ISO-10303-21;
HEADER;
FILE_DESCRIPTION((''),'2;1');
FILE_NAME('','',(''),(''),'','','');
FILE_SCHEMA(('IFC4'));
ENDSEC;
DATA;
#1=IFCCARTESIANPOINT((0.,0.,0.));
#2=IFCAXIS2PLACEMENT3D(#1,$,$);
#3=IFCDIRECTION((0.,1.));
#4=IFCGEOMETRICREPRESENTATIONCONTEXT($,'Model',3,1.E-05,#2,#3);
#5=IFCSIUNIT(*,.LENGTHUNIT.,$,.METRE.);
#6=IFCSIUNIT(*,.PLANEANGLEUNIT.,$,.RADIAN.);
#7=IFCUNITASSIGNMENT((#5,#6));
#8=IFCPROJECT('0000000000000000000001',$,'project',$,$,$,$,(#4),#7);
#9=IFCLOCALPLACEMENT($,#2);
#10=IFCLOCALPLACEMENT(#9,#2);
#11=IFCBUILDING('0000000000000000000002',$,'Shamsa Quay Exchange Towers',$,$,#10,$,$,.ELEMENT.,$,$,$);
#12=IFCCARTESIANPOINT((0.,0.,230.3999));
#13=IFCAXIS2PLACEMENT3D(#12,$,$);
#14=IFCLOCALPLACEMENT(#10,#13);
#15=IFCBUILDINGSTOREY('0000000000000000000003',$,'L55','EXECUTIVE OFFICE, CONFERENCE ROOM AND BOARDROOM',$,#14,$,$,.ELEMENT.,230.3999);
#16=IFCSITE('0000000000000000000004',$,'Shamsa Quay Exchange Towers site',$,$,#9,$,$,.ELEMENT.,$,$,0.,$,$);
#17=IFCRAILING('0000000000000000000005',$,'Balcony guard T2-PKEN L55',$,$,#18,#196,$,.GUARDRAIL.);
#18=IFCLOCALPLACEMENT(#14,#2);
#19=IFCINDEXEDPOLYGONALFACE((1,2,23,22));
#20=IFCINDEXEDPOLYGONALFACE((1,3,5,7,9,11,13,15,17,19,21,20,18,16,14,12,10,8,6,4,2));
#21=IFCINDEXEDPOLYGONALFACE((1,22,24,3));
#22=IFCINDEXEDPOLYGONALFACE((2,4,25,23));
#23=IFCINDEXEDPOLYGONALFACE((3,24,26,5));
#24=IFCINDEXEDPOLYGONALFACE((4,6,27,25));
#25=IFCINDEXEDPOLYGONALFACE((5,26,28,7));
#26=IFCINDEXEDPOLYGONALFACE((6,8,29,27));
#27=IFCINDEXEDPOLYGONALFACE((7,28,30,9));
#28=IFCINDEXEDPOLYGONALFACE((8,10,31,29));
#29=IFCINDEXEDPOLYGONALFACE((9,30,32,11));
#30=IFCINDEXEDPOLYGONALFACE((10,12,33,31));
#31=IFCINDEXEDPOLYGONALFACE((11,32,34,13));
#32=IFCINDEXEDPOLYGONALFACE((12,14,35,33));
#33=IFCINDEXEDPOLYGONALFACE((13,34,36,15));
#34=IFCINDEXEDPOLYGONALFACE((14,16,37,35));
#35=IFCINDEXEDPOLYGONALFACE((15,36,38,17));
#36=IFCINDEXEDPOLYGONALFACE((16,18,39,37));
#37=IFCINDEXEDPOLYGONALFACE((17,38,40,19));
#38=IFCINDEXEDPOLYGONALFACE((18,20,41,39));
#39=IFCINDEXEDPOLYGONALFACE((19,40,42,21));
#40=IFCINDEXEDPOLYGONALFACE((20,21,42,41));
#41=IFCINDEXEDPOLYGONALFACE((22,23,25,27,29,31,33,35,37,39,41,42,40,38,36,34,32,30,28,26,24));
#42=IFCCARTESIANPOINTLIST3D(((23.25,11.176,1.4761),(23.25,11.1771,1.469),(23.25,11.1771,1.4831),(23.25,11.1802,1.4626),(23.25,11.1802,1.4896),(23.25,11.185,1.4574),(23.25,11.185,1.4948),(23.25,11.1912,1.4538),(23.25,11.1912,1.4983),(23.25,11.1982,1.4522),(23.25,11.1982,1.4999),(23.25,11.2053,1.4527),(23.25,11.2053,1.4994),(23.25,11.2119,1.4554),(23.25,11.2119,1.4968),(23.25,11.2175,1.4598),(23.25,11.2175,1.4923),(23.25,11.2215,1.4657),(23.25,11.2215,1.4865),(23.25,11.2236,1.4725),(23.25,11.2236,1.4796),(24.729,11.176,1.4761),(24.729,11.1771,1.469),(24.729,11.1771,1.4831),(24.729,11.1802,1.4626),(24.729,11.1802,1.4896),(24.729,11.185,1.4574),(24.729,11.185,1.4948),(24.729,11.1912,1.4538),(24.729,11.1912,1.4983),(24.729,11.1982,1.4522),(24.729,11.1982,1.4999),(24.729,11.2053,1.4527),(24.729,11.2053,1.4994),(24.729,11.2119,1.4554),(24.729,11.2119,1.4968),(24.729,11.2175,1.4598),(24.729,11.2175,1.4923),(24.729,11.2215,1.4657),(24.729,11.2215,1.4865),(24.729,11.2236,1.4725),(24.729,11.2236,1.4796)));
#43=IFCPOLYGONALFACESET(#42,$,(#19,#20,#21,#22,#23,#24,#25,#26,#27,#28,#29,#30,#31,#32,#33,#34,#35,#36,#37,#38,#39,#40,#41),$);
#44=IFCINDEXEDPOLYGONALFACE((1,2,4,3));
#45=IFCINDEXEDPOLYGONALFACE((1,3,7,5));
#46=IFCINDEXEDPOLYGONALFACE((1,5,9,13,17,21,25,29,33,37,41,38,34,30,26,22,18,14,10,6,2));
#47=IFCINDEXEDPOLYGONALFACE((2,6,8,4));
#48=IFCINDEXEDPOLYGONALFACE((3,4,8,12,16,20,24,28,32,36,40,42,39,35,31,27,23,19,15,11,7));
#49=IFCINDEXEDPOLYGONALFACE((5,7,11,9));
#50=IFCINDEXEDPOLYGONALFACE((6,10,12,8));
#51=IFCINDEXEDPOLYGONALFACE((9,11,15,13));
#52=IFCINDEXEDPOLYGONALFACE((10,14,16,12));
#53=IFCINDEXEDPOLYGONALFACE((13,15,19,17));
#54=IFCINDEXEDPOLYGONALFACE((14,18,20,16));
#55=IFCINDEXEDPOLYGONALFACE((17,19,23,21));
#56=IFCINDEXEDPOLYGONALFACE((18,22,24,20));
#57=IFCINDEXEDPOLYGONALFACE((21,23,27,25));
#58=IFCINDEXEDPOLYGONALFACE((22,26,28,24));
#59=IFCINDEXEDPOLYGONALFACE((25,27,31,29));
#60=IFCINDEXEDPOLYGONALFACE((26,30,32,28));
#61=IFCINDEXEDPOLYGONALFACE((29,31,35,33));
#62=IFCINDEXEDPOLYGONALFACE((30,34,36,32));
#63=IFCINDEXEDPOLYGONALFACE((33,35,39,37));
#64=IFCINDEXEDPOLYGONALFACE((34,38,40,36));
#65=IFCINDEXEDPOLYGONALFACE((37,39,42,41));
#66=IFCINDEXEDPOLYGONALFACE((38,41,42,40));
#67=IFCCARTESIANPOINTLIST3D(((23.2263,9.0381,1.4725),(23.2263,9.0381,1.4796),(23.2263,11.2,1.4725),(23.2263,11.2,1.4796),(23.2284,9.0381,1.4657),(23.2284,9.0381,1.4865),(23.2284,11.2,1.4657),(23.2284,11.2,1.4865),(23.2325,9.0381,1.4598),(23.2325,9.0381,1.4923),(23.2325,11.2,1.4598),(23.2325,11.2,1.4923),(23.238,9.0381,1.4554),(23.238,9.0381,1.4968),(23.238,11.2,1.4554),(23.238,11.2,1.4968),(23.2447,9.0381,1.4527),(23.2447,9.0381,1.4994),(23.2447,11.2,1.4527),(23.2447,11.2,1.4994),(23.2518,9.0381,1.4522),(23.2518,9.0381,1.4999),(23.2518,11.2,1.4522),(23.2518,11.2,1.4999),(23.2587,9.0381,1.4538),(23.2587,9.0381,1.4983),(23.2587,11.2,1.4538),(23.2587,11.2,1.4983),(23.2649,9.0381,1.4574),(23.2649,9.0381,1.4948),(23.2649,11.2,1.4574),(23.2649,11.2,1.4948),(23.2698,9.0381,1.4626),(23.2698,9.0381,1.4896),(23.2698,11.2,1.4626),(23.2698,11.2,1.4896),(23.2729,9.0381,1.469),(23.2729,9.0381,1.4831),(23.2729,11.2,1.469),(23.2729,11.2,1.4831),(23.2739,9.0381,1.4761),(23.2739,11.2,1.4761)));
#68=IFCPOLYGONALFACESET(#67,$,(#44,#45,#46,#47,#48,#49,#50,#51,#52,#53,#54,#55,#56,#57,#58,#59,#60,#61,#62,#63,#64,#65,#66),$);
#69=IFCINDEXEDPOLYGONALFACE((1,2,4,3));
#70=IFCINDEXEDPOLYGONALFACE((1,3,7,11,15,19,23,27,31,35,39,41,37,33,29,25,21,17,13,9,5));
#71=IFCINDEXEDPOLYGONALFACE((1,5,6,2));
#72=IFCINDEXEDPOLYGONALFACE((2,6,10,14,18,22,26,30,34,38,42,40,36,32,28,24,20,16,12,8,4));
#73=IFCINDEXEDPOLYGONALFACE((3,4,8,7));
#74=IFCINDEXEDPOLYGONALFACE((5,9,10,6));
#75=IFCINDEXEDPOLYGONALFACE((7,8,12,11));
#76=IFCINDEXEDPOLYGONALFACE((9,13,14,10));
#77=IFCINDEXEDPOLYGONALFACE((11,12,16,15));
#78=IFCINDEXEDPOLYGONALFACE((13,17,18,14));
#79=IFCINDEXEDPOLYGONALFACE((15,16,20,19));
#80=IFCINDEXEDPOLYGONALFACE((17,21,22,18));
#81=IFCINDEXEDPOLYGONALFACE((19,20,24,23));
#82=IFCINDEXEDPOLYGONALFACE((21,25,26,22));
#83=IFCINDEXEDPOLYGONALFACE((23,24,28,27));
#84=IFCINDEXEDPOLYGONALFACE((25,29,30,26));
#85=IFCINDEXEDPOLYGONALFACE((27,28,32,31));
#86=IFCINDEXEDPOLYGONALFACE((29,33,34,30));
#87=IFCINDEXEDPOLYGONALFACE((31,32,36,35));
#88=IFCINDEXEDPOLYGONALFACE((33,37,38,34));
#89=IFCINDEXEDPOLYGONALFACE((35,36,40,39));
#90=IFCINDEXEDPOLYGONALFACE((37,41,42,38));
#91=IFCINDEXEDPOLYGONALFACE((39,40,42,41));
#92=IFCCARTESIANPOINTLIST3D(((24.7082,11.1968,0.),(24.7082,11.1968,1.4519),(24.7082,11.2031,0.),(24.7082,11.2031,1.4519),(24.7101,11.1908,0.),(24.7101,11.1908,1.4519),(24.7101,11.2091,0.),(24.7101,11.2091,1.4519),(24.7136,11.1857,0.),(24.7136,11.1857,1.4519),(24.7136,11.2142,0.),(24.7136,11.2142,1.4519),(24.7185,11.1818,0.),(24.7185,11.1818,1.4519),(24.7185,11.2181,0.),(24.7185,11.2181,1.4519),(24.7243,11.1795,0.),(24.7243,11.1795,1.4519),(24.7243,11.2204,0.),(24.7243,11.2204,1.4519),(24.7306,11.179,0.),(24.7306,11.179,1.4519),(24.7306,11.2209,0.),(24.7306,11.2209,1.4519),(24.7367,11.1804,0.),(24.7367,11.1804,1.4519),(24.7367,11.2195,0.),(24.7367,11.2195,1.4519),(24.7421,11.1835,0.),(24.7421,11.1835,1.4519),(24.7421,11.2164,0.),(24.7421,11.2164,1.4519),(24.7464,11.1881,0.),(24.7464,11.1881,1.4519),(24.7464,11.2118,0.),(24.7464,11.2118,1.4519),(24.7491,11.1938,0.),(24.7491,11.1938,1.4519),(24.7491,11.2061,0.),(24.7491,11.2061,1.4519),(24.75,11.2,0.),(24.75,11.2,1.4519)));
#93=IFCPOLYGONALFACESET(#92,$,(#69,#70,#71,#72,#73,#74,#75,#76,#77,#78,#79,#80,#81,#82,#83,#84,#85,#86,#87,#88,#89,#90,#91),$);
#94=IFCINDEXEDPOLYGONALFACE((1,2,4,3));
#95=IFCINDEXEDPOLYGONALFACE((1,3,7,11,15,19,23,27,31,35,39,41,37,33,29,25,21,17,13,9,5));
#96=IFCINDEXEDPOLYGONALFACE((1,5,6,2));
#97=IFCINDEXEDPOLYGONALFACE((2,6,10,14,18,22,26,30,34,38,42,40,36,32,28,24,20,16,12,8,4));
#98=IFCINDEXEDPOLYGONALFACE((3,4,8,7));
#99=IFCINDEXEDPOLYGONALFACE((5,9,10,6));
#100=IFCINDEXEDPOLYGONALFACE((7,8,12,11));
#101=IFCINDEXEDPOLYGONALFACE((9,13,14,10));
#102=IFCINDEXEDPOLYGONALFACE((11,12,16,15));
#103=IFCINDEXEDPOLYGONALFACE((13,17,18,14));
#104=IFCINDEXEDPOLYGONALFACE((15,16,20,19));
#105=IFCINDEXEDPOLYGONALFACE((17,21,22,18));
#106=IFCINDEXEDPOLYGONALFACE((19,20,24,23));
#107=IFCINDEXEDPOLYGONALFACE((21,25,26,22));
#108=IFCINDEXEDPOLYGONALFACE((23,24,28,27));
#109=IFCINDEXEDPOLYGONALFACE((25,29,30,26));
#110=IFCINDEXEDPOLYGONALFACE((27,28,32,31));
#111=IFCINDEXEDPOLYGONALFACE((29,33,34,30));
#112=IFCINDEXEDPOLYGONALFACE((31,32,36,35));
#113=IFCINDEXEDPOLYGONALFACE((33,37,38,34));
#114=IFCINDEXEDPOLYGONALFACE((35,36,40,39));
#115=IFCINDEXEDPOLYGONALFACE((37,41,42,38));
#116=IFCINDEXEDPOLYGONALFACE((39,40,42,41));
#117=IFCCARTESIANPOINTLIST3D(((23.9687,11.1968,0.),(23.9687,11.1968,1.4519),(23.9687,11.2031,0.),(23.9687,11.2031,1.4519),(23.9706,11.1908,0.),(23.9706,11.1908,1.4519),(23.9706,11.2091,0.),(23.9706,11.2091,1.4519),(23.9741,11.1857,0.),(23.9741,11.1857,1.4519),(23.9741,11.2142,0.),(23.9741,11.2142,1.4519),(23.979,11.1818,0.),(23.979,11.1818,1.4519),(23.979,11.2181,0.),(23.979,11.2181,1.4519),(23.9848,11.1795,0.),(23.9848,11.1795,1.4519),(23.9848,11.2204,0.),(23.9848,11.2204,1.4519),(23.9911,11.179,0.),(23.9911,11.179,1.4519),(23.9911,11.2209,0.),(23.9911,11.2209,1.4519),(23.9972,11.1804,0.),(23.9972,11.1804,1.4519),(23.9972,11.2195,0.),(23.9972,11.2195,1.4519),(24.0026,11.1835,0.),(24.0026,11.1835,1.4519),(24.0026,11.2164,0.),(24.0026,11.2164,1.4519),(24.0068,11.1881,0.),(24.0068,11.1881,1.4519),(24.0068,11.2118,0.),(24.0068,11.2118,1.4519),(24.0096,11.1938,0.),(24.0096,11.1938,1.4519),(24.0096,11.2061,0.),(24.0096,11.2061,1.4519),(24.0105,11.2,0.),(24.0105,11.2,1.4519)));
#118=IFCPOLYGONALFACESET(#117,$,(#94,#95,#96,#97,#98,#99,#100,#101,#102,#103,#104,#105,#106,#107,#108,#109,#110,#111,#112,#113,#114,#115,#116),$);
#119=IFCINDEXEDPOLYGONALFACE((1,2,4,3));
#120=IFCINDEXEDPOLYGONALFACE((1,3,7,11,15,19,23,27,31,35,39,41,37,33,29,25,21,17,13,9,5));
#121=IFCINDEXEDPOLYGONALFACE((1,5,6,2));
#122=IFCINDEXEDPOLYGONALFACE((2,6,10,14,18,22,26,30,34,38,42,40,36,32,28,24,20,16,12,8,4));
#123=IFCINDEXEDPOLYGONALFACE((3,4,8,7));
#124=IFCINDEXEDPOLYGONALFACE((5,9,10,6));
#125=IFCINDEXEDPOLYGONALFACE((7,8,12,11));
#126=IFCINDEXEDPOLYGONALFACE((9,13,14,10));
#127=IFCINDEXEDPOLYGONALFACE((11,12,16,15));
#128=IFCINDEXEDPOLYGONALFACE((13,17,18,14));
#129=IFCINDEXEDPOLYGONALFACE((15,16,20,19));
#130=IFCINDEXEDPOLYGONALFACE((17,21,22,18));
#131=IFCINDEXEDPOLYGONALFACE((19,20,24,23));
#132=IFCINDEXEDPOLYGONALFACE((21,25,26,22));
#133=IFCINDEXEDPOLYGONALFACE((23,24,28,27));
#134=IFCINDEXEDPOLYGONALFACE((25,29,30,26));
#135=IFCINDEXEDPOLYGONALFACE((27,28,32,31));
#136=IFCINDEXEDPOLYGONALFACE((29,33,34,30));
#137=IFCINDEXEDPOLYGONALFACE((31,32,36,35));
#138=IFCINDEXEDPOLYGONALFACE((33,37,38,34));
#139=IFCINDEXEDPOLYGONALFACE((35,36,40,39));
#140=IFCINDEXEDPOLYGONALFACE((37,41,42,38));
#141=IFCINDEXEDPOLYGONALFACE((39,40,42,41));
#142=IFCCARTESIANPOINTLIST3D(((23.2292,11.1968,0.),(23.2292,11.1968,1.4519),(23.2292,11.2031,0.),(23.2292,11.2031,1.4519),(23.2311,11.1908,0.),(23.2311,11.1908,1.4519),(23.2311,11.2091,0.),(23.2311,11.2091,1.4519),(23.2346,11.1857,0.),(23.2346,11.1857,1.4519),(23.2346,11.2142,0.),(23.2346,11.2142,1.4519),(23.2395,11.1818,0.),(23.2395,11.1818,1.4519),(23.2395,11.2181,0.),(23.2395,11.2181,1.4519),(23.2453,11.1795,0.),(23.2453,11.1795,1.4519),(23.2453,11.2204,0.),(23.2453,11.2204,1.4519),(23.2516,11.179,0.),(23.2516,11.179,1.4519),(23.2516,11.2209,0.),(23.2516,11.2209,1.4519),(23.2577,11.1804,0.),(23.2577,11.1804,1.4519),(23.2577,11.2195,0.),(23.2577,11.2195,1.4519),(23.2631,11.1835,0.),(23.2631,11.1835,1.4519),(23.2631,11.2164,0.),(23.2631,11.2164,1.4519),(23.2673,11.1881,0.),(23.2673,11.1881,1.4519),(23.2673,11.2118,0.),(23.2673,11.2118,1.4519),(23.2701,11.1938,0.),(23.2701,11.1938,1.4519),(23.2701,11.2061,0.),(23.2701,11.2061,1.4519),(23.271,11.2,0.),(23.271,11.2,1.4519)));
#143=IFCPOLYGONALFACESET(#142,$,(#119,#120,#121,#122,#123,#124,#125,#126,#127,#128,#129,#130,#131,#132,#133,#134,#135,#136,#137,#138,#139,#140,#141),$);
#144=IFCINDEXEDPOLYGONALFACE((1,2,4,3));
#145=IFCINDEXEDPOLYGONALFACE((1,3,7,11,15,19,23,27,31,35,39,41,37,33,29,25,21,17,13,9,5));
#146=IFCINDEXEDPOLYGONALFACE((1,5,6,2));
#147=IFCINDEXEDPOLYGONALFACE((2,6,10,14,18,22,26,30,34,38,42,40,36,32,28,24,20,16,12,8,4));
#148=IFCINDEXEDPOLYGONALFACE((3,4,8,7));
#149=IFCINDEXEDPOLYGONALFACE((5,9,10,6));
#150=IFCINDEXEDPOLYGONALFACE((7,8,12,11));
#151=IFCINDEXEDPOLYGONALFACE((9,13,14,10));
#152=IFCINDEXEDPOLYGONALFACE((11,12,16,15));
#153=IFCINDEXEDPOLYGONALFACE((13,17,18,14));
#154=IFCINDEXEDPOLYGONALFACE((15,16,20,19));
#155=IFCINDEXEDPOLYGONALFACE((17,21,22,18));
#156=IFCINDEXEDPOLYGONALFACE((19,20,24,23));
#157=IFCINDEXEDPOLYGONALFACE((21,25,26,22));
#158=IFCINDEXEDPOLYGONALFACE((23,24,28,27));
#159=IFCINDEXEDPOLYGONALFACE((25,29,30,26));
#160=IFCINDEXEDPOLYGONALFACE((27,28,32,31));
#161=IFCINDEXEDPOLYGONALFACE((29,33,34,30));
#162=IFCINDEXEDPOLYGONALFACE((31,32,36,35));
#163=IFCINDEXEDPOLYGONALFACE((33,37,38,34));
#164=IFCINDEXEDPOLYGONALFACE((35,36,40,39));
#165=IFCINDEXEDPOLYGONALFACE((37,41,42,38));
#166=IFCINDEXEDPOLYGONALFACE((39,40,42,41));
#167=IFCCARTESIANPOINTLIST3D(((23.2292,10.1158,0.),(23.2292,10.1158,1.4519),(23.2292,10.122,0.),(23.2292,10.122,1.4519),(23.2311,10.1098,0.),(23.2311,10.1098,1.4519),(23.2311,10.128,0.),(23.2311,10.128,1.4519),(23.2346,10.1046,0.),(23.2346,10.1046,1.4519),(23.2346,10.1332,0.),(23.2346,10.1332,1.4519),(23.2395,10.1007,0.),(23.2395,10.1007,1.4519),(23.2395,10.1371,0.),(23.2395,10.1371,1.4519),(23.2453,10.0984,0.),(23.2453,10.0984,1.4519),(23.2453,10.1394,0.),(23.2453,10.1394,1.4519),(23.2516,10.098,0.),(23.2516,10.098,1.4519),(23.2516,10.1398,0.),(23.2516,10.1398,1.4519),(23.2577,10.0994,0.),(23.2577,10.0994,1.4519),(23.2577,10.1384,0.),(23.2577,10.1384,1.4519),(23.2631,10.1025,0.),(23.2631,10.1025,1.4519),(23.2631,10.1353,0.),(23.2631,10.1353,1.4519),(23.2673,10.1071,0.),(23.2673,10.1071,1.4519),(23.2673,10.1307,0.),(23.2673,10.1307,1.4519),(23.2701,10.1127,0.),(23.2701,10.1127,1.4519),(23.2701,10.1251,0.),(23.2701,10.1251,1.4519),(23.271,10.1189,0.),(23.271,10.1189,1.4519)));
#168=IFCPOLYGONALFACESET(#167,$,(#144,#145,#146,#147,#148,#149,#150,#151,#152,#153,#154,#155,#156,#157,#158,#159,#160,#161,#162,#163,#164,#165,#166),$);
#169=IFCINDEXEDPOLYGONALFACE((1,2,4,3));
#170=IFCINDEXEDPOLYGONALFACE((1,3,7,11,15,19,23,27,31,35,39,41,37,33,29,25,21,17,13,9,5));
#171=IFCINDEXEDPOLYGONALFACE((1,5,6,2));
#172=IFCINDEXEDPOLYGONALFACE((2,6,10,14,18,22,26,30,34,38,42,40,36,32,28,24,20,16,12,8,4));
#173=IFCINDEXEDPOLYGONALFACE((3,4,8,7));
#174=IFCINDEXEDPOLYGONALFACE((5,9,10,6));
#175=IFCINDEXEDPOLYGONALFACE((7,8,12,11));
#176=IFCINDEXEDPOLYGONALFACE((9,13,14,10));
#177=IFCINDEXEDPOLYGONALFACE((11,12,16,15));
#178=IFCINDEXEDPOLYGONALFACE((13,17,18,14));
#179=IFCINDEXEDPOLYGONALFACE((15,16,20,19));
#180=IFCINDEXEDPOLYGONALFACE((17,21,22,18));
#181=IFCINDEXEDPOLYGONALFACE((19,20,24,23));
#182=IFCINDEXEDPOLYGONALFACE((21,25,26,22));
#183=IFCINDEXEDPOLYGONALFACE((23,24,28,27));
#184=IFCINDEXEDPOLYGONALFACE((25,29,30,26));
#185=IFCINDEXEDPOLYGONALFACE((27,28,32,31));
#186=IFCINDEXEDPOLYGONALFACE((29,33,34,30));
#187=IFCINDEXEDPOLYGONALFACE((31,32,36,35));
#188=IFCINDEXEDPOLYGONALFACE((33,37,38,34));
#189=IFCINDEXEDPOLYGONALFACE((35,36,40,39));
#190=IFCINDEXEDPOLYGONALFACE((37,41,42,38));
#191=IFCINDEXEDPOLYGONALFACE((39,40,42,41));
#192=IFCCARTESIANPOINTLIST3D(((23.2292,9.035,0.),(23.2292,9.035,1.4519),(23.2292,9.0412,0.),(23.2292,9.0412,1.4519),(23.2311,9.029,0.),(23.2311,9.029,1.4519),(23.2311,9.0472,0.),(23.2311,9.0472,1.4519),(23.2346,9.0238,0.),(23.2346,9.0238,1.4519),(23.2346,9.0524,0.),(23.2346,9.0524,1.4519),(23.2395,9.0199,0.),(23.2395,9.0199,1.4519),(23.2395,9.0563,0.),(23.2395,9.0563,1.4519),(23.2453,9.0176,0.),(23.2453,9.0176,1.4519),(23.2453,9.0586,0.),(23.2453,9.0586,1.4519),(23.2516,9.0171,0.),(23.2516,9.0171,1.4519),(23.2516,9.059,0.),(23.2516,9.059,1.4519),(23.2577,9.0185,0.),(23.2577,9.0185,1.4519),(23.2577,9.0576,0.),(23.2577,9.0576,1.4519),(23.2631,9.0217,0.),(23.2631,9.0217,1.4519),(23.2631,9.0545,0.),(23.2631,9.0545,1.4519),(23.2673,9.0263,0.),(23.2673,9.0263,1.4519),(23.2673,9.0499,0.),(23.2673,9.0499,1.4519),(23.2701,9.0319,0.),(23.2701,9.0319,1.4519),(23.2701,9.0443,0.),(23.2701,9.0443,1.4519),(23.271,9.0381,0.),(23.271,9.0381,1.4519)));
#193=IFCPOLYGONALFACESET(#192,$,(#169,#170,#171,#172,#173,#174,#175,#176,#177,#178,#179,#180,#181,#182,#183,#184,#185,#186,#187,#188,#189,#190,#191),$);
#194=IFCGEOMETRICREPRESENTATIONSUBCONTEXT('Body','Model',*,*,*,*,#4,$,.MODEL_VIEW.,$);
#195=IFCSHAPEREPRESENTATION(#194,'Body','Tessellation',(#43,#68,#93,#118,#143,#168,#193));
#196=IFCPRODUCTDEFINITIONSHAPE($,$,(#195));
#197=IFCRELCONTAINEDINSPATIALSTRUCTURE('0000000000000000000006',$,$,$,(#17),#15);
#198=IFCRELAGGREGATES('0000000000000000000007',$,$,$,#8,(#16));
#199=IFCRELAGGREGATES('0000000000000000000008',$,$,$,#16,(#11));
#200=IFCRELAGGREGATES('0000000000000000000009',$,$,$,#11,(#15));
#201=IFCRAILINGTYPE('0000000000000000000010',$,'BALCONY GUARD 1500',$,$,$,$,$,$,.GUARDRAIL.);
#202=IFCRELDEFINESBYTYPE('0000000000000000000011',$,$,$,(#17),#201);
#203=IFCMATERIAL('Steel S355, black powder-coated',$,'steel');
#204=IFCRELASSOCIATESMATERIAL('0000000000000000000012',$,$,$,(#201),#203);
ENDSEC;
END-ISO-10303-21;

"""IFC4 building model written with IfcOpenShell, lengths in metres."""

from ifc_helpers import new_model, si_unit, direction, frame, origin, origin_2d, place, context, subcontext, project, spatial, circle, extrude, material, type_object, element, save


model = new_model("IFC4")

# Units and contexts
model_context = context("Model", 3, precision=1e-05, world=origin(), true_north=direction((0.0, 1.0)))
body_context = subcontext(model_context, "Body", "Model", "MODEL_VIEW")
ifc_project = project(units=[si_unit("LENGTHUNIT", "METRE"), si_unit("PLANEANGLEUNIT", "RADIAN")], contexts=[model_context])

# Site, building, storey
site_placement = place(None, origin())
site = spatial("IfcSite", under=ifc_project, at=site_placement, Name="Shamsa Quay Exchange Towers site", CompositionType="ELEMENT", RefElevation=0.0)
building_placement = place(site_placement, origin())
building = spatial("IfcBuilding", under=site, at=building_placement, Name="Shamsa Quay Exchange Towers", CompositionType="ELEMENT")
storey_placement = place(building_placement, frame((0.0, 0.0, 230.3999)))
storey = spatial("IfcBuildingStorey", under=building, at=storey_placement, Name="L55", Description="EXECUTIVE OFFICE, CONFERENCE ROOM AND BOARDROOM", CompositionType="ELEMENT", Elevation=230.3999)

# Railing
ifc_material_1 = material(Name="Steel S355, black powder-coated", Category="steel")
railing_type = type_object("IfcRailingType", Name="BALCONY GUARD 1500", PredefinedType="GUARDRAIL", material=ifc_material_1)
for number, where, name in (
    (1, (24.729, 11.2, 0.0), "Balcony guard T2-PKEN L55"),
):
    element("IfcRailing", number, at=place(storey_placement, frame(where)), inside=storey, type_object=railing_type, Name=name, PredefinedType="GUARDRAIL", context=body_context, shape_type="SweptSolid", body=[
        extrude(circle(Radius=0.0239, at=origin_2d()), frame((0.0, 0.0, 1.4761), z_axis=(-1.0, 0.0, 0.0), x_axis=(0.0, -1.0, 0.0)), (0.0, 0.0, 1.0), 1.479),
        extrude(circle(Radius=0.0239, at=origin_2d()), frame((-1.479, 0.0, 1.4761), z_axis=(0.0, -1.0, 0.0), x_axis=(1.0, 0.0, 0.0)), (0.0, 0.0, 1.0), 2.1619),
        extrude(circle(Radius=0.021, at=origin_2d()), origin(), (0.0, 0.0, 1.0), 1.4519),
        extrude(circle(Radius=0.021, at=origin_2d()), frame((-0.7395, 0.0, 0.0)), (0.0, 0.0, 1.0), 1.4519),
        extrude(circle(Radius=0.021, at=origin_2d()), frame((-1.479, 0.0, 0.0)), (0.0, 0.0, 1.0), 1.4519),
        extrude(circle(Radius=0.021, at=origin_2d()), frame((-1.479, -1.0811, 0.0)), (0.0, 0.0, 1.0), 1.4519),
        extrude(circle(Radius=0.021, at=origin_2d()), frame((-1.479, -2.1619, 0.0)), (0.0, 0.0, 1.0), 1.4519),
    ])

save(model, "model.ifc")
